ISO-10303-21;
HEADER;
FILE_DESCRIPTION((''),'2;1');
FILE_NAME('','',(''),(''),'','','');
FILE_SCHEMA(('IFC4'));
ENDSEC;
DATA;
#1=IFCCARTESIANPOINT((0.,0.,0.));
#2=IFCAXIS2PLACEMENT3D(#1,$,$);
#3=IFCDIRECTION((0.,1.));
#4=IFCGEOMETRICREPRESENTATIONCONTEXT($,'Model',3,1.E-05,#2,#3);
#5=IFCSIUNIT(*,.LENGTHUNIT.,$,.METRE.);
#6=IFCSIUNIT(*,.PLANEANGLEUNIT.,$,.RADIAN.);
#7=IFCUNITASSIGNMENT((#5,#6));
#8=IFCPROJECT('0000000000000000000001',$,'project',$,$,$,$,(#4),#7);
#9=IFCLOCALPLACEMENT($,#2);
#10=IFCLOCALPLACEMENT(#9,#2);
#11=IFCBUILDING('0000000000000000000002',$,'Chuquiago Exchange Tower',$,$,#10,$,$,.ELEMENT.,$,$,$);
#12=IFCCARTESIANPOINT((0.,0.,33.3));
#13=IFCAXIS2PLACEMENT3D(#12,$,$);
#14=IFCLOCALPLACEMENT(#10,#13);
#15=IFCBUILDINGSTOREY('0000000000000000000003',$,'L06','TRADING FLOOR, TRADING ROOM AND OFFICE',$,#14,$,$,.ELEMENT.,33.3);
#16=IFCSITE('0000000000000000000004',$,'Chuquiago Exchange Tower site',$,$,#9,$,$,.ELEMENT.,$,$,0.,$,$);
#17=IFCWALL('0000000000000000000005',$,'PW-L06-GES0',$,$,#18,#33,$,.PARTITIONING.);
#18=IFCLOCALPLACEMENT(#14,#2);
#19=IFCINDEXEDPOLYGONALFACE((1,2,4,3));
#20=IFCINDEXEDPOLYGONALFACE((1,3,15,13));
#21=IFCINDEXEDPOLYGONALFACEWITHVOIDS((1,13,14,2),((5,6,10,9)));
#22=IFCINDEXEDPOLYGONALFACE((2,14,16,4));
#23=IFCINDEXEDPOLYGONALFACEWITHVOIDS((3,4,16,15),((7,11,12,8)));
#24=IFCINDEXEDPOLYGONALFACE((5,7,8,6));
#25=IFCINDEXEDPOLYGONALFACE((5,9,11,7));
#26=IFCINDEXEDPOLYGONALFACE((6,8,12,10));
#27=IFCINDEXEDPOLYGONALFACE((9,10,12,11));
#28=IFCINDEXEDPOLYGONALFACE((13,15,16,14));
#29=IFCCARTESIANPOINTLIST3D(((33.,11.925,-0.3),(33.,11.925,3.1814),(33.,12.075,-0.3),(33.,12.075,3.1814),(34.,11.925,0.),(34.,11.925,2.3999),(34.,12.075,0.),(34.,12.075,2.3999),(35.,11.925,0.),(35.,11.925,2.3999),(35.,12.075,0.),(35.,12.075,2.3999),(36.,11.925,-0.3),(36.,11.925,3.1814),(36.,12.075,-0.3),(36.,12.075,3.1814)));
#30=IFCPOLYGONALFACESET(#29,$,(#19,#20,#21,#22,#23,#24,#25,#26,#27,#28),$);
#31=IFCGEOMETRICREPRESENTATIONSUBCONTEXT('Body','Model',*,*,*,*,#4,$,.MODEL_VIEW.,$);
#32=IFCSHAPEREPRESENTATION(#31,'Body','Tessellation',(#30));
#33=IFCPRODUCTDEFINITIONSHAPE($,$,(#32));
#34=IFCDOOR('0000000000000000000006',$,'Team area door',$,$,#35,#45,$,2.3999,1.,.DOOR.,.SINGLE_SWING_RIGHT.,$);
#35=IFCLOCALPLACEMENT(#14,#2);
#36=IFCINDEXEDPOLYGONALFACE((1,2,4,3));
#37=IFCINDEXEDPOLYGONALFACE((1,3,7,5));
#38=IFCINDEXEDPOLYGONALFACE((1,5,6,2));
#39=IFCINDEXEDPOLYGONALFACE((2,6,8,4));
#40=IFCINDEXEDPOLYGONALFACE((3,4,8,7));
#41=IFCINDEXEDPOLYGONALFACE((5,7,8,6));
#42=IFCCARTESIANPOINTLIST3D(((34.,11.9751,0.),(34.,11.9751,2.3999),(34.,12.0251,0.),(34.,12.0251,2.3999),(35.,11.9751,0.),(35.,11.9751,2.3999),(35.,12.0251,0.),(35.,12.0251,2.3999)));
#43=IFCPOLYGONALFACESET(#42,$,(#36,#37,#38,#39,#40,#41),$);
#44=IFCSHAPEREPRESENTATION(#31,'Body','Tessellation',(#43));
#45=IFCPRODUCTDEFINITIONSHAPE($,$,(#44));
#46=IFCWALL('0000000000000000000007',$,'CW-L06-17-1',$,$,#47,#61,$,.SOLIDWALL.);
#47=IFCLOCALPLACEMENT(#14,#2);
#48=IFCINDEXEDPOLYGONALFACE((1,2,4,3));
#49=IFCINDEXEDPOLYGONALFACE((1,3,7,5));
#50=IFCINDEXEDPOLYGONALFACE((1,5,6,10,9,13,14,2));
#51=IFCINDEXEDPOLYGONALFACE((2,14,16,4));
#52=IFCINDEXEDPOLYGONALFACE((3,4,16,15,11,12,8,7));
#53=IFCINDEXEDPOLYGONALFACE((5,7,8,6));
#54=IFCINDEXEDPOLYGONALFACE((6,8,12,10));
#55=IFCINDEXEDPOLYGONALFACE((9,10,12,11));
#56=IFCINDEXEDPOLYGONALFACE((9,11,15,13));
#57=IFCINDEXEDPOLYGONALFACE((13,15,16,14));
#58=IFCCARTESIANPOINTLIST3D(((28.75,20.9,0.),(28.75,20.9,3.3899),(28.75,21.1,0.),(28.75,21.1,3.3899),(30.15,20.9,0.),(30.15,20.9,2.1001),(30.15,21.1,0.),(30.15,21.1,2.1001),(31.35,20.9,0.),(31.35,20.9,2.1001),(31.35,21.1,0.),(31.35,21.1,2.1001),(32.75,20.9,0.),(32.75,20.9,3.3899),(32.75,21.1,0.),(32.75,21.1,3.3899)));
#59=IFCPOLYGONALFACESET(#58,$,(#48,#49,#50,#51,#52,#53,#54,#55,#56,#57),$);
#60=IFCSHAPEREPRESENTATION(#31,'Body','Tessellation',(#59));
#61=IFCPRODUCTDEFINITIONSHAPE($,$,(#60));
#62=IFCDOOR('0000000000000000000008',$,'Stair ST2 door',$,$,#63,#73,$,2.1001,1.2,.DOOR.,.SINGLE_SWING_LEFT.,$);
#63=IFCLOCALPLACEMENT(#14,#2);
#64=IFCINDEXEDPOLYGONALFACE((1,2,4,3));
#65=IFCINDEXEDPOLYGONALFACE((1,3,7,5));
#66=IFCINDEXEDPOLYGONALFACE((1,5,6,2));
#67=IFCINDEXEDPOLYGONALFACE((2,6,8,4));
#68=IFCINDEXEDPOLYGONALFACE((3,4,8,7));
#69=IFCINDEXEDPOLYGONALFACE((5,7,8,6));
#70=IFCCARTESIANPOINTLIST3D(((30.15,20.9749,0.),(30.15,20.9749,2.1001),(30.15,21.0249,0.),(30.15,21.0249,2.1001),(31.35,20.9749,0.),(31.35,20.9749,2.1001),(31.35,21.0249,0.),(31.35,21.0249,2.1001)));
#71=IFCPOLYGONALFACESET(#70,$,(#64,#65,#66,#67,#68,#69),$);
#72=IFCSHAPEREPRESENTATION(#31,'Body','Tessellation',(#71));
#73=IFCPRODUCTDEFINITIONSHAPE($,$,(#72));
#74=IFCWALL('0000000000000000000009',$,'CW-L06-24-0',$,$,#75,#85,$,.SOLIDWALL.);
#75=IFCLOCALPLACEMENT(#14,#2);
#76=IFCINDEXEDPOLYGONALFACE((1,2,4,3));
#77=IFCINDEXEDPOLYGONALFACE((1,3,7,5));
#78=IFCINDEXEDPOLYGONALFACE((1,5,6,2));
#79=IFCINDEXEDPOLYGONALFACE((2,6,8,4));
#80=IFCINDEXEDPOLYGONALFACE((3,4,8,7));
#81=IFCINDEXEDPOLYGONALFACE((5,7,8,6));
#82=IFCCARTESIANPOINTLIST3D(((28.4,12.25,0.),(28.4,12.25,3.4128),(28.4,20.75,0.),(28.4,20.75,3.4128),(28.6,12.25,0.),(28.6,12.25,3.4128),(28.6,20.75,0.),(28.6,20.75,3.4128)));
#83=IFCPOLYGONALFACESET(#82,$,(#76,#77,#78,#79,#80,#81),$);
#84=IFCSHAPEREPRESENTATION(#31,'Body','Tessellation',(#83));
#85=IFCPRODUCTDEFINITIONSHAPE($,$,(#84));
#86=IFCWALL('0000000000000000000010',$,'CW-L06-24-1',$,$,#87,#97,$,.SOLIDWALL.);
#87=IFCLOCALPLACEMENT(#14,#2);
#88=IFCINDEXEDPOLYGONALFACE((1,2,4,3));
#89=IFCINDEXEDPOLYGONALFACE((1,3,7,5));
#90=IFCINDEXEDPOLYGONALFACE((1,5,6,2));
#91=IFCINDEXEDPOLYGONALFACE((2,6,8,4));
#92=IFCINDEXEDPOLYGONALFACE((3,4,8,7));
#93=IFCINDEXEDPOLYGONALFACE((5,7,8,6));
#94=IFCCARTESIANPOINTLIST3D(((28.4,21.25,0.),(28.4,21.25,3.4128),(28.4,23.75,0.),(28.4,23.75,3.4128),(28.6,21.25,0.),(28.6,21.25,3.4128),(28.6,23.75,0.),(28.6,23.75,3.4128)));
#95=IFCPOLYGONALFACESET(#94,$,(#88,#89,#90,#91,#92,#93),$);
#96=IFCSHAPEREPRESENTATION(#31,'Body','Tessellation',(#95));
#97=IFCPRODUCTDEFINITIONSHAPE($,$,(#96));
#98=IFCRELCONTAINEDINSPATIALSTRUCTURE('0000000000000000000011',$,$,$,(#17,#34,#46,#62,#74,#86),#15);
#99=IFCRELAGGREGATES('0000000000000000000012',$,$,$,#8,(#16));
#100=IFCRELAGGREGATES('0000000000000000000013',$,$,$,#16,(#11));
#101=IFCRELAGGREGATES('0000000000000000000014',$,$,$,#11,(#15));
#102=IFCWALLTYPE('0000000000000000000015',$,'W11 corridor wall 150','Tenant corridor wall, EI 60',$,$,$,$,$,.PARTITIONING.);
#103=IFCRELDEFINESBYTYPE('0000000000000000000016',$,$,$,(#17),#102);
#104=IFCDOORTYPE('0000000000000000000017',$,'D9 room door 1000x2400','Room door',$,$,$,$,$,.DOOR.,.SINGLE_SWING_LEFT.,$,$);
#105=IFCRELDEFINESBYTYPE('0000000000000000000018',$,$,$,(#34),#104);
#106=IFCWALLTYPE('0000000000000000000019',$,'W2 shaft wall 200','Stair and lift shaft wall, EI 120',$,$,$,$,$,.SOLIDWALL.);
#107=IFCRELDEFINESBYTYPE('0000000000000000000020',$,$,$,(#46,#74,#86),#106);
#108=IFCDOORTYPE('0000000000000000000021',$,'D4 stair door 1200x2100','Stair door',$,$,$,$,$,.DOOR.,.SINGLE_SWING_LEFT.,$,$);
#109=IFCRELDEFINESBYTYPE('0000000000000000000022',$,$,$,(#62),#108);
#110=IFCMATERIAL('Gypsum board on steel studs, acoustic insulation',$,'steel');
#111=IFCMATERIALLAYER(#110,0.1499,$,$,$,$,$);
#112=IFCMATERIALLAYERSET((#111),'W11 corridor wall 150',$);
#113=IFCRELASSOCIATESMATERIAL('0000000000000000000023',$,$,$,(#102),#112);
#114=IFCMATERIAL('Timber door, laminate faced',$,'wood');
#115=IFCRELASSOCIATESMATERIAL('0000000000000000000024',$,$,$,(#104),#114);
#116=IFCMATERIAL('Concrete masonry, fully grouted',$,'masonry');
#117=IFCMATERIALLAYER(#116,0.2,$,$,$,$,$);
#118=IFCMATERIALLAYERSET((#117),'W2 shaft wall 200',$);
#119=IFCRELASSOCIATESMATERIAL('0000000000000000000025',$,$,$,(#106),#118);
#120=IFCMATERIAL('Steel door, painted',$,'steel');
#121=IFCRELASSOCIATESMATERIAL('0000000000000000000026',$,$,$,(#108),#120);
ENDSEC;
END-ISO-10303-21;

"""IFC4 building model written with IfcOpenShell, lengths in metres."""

from ifc_helpers import new_model, si_unit, direction, frame, frame_2d, origin, place, context, subcontext, project, spatial, rectangle, extrude, material, layer, layer_set, type_object, element, fill, save


model = new_model("IFC4")

# Units and contexts
model_context = context("Model", 3, precision=1e-05, world=origin(), true_north=direction((0.0, 1.0)))
body_context = subcontext(model_context, "Body", "Model", "MODEL_VIEW")
ifc_project = project(units=[si_unit("LENGTHUNIT", "METRE"), si_unit("PLANEANGLEUNIT", "RADIAN")], contexts=[model_context])

# Site, building, storey
site_placement = place(None, origin())
site = spatial("IfcSite", under=ifc_project, at=site_placement, Name="Chuquiago Exchange Tower site", CompositionType="ELEMENT", RefElevation=0.0)
building_placement = place(site_placement, origin())
building = spatial("IfcBuilding", under=site, at=building_placement, Name="Chuquiago Exchange Tower", CompositionType="ELEMENT")
storey_placement = place(building_placement, frame((0.0, 0.0, 33.3)))
storey = spatial("IfcBuildingStorey", under=building, at=storey_placement, Name="L06", Description="TRADING FLOOR, TRADING ROOM AND OFFICE", CompositionType="ELEMENT", Elevation=33.3)

# Walls, openings, doors
ifc_material_1 = material(Name="Gypsum board on steel studs, acoustic insulation", Category="steel")
ifc_layer_1 = layer(ifc_material_1, 0.1499)
ifc_layer_set_1 = layer_set([ifc_layer_1], Name="W11 corridor wall 150")
wall_type_1 = type_object("IfcWallType", Name="W11 corridor wall 150", Description="Tenant corridor wall, EI 60", PredefinedType="PARTITIONING", material=ifc_layer_set_1)
wall_1_placement = place(storey_placement, frame((33.0, 12.0, -0.3), z_axis=(0.0, 0.0, 1.0), x_axis=(1.0, 0.0, 0.0)))
wall_1 = element("IfcWall", 1, at=wall_1_placement, inside=storey, type_object=wall_type_1, Name="PW-L06-GES0", PredefinedType="PARTITIONING", context=body_context, shape_type="SweptSolid", body=[
    extrude(rectangle(XDim=3.0, YDim=0.1499, at=frame_2d((1.5, 0.0))), origin(), (0.0, 0.0, 1.0), 3.4814),
])
opening_1_placement = place(wall_1_placement, frame((1.0, 0.0, 0.3)))
opening_1 = element("IfcOpeningElement", 2, at=opening_1_placement, cuts=wall_1, PredefinedType="OPENING", context=body_context, shape_type="SweptSolid", body=[
    extrude(rectangle(XDim=1.0, YDim=2.3999, at=frame_2d((0.5, 1.2))), frame((0.0, 0.085, 0.0), z_axis=(0.0, -1.0, 0.0), x_axis=(1.0, 0.0, 0.0)), (0.0, 0.0, 1.0), 0.1699),
])
ifc_material_2 = material(Name="Timber door, laminate faced", Category="wood")
door_type_1 = type_object("IfcDoorType", Name="D9 room door 1000x2400", Description="Room door", OperationType="SINGLE_SWING_LEFT", PredefinedType="DOOR", material=ifc_material_2)
door_1_placement = place(opening_1_placement, frame((1.0, 0.0, 0.0), z_axis=(0.0, 0.0, 1.0), x_axis=(-1.0, 0.0, 0.0)))
door_1 = element("IfcDoor", 3, at=door_1_placement, inside=storey, type_object=door_type_1, Name="Team area door", OperationType="SINGLE_SWING_RIGHT", OverallHeight=2.3999, OverallWidth=1.0, PredefinedType="DOOR", context=body_context, shape_type="SweptSolid", body=[
    extrude(rectangle(XDim=1.0, YDim=2.3999, at=frame_2d((0.5, 1.2))), frame((0.0, 0.0249, 0.0), z_axis=(0.0, -1.0, 0.0), x_axis=(1.0, 0.0, 0.0)), (0.0, 0.0, 1.0), 0.05),
])
fill(opening_1, door_1)
ifc_material_3 = material(Name="Concrete masonry, fully grouted", Category="masonry")
ifc_layer_2 = layer(ifc_material_3, 0.2)
ifc_layer_set_2 = layer_set([ifc_layer_2], Name="W2 shaft wall 200")
wall_type_2 = type_object("IfcWallType", Name="W2 shaft wall 200", Description="Stair and lift shaft wall, EI 120", PredefinedType="SOLIDWALL", material=ifc_layer_set_2)
wall_2_placement = place(storey_placement, frame((28.75, 21.0, 0.0), z_axis=(0.0, 0.0, 1.0), x_axis=(1.0, 0.0, 0.0)))
wall_2 = element("IfcWall", 4, at=wall_2_placement, inside=storey, type_object=wall_type_2, Name="CW-L06-17-1", PredefinedType="SOLIDWALL", context=body_context, shape_type="SweptSolid", body=[
    extrude(rectangle(XDim=4.0, YDim=0.2, at=frame_2d((2.0, 0.0))), origin(), (0.0, 0.0, 1.0), 3.3899),
])
opening_2_placement = place(wall_2_placement, frame((1.3999, 0.0, 0.0)))
opening_2 = element("IfcOpeningElement", 5, at=opening_2_placement, cuts=wall_2, PredefinedType="OPENING", context=body_context, shape_type="SweptSolid", body=[
    extrude(rectangle(XDim=1.2, YDim=2.1001, at=frame_2d((0.6001, 1.05))), frame((0.0, 0.1099, 0.0), z_axis=(0.0, -1.0, 0.0), x_axis=(1.0, 0.0, 0.0)), (0.0, 0.0, 1.0), 0.22),
])
ifc_material_4 = material(Name="Steel door, painted", Category="steel")
door_type_2 = type_object("IfcDoorType", Name="D4 stair door 1200x2100", Description="Stair door", OperationType="SINGLE_SWING_LEFT", PredefinedType="DOOR", material=ifc_material_4)
door_2_placement = place(opening_2_placement, origin())
door_2 = element("IfcDoor", 6, at=door_2_placement, inside=storey, type_object=door_type_2, Name="Stair ST2 door", OperationType="SINGLE_SWING_LEFT", OverallHeight=2.1001, OverallWidth=1.2, PredefinedType="DOOR", context=body_context, shape_type="SweptSolid", body=[
    extrude(rectangle(XDim=1.2, YDim=2.1001, at=frame_2d((0.6001, 1.05))), frame((0.0, 0.0249, 0.0), z_axis=(0.0, -1.0, 0.0), x_axis=(1.0, 0.0, 0.0)), (0.0, 0.0, 1.0), 0.05),
])
fill(opening_2, door_2)

# Walls
wall_3_placement = place(storey_placement, frame((28.5, 12.25, 0.0), z_axis=(0.0, 0.0, 1.0), x_axis=(0.0, 1.0, 0.0)))
element("IfcWall", 7, at=wall_3_placement, inside=storey, type_object=wall_type_2, Name="CW-L06-24-0", PredefinedType="SOLIDWALL", context=body_context, shape_type="SweptSolid", body=[
    extrude(rectangle(XDim=8.5, YDim=0.2, at=frame_2d((4.25, 0.0))), origin(), (0.0, 0.0, 1.0), 3.4128),
])
wall_4_placement = place(storey_placement, frame((28.5, 21.25, 0.0), z_axis=(0.0, 0.0, 1.0), x_axis=(0.0, 1.0, 0.0)))
element("IfcWall", 8, at=wall_4_placement, inside=storey, type_object=wall_type_2, Name="CW-L06-24-1", PredefinedType="SOLIDWALL", context=body_context, shape_type="SweptSolid", body=[
    extrude(rectangle(XDim=2.5, YDim=0.2, at=frame_2d((1.25, 0.0))), origin(), (0.0, 0.0, 1.0), 3.4128),
])

save(model, "model.ifc")
